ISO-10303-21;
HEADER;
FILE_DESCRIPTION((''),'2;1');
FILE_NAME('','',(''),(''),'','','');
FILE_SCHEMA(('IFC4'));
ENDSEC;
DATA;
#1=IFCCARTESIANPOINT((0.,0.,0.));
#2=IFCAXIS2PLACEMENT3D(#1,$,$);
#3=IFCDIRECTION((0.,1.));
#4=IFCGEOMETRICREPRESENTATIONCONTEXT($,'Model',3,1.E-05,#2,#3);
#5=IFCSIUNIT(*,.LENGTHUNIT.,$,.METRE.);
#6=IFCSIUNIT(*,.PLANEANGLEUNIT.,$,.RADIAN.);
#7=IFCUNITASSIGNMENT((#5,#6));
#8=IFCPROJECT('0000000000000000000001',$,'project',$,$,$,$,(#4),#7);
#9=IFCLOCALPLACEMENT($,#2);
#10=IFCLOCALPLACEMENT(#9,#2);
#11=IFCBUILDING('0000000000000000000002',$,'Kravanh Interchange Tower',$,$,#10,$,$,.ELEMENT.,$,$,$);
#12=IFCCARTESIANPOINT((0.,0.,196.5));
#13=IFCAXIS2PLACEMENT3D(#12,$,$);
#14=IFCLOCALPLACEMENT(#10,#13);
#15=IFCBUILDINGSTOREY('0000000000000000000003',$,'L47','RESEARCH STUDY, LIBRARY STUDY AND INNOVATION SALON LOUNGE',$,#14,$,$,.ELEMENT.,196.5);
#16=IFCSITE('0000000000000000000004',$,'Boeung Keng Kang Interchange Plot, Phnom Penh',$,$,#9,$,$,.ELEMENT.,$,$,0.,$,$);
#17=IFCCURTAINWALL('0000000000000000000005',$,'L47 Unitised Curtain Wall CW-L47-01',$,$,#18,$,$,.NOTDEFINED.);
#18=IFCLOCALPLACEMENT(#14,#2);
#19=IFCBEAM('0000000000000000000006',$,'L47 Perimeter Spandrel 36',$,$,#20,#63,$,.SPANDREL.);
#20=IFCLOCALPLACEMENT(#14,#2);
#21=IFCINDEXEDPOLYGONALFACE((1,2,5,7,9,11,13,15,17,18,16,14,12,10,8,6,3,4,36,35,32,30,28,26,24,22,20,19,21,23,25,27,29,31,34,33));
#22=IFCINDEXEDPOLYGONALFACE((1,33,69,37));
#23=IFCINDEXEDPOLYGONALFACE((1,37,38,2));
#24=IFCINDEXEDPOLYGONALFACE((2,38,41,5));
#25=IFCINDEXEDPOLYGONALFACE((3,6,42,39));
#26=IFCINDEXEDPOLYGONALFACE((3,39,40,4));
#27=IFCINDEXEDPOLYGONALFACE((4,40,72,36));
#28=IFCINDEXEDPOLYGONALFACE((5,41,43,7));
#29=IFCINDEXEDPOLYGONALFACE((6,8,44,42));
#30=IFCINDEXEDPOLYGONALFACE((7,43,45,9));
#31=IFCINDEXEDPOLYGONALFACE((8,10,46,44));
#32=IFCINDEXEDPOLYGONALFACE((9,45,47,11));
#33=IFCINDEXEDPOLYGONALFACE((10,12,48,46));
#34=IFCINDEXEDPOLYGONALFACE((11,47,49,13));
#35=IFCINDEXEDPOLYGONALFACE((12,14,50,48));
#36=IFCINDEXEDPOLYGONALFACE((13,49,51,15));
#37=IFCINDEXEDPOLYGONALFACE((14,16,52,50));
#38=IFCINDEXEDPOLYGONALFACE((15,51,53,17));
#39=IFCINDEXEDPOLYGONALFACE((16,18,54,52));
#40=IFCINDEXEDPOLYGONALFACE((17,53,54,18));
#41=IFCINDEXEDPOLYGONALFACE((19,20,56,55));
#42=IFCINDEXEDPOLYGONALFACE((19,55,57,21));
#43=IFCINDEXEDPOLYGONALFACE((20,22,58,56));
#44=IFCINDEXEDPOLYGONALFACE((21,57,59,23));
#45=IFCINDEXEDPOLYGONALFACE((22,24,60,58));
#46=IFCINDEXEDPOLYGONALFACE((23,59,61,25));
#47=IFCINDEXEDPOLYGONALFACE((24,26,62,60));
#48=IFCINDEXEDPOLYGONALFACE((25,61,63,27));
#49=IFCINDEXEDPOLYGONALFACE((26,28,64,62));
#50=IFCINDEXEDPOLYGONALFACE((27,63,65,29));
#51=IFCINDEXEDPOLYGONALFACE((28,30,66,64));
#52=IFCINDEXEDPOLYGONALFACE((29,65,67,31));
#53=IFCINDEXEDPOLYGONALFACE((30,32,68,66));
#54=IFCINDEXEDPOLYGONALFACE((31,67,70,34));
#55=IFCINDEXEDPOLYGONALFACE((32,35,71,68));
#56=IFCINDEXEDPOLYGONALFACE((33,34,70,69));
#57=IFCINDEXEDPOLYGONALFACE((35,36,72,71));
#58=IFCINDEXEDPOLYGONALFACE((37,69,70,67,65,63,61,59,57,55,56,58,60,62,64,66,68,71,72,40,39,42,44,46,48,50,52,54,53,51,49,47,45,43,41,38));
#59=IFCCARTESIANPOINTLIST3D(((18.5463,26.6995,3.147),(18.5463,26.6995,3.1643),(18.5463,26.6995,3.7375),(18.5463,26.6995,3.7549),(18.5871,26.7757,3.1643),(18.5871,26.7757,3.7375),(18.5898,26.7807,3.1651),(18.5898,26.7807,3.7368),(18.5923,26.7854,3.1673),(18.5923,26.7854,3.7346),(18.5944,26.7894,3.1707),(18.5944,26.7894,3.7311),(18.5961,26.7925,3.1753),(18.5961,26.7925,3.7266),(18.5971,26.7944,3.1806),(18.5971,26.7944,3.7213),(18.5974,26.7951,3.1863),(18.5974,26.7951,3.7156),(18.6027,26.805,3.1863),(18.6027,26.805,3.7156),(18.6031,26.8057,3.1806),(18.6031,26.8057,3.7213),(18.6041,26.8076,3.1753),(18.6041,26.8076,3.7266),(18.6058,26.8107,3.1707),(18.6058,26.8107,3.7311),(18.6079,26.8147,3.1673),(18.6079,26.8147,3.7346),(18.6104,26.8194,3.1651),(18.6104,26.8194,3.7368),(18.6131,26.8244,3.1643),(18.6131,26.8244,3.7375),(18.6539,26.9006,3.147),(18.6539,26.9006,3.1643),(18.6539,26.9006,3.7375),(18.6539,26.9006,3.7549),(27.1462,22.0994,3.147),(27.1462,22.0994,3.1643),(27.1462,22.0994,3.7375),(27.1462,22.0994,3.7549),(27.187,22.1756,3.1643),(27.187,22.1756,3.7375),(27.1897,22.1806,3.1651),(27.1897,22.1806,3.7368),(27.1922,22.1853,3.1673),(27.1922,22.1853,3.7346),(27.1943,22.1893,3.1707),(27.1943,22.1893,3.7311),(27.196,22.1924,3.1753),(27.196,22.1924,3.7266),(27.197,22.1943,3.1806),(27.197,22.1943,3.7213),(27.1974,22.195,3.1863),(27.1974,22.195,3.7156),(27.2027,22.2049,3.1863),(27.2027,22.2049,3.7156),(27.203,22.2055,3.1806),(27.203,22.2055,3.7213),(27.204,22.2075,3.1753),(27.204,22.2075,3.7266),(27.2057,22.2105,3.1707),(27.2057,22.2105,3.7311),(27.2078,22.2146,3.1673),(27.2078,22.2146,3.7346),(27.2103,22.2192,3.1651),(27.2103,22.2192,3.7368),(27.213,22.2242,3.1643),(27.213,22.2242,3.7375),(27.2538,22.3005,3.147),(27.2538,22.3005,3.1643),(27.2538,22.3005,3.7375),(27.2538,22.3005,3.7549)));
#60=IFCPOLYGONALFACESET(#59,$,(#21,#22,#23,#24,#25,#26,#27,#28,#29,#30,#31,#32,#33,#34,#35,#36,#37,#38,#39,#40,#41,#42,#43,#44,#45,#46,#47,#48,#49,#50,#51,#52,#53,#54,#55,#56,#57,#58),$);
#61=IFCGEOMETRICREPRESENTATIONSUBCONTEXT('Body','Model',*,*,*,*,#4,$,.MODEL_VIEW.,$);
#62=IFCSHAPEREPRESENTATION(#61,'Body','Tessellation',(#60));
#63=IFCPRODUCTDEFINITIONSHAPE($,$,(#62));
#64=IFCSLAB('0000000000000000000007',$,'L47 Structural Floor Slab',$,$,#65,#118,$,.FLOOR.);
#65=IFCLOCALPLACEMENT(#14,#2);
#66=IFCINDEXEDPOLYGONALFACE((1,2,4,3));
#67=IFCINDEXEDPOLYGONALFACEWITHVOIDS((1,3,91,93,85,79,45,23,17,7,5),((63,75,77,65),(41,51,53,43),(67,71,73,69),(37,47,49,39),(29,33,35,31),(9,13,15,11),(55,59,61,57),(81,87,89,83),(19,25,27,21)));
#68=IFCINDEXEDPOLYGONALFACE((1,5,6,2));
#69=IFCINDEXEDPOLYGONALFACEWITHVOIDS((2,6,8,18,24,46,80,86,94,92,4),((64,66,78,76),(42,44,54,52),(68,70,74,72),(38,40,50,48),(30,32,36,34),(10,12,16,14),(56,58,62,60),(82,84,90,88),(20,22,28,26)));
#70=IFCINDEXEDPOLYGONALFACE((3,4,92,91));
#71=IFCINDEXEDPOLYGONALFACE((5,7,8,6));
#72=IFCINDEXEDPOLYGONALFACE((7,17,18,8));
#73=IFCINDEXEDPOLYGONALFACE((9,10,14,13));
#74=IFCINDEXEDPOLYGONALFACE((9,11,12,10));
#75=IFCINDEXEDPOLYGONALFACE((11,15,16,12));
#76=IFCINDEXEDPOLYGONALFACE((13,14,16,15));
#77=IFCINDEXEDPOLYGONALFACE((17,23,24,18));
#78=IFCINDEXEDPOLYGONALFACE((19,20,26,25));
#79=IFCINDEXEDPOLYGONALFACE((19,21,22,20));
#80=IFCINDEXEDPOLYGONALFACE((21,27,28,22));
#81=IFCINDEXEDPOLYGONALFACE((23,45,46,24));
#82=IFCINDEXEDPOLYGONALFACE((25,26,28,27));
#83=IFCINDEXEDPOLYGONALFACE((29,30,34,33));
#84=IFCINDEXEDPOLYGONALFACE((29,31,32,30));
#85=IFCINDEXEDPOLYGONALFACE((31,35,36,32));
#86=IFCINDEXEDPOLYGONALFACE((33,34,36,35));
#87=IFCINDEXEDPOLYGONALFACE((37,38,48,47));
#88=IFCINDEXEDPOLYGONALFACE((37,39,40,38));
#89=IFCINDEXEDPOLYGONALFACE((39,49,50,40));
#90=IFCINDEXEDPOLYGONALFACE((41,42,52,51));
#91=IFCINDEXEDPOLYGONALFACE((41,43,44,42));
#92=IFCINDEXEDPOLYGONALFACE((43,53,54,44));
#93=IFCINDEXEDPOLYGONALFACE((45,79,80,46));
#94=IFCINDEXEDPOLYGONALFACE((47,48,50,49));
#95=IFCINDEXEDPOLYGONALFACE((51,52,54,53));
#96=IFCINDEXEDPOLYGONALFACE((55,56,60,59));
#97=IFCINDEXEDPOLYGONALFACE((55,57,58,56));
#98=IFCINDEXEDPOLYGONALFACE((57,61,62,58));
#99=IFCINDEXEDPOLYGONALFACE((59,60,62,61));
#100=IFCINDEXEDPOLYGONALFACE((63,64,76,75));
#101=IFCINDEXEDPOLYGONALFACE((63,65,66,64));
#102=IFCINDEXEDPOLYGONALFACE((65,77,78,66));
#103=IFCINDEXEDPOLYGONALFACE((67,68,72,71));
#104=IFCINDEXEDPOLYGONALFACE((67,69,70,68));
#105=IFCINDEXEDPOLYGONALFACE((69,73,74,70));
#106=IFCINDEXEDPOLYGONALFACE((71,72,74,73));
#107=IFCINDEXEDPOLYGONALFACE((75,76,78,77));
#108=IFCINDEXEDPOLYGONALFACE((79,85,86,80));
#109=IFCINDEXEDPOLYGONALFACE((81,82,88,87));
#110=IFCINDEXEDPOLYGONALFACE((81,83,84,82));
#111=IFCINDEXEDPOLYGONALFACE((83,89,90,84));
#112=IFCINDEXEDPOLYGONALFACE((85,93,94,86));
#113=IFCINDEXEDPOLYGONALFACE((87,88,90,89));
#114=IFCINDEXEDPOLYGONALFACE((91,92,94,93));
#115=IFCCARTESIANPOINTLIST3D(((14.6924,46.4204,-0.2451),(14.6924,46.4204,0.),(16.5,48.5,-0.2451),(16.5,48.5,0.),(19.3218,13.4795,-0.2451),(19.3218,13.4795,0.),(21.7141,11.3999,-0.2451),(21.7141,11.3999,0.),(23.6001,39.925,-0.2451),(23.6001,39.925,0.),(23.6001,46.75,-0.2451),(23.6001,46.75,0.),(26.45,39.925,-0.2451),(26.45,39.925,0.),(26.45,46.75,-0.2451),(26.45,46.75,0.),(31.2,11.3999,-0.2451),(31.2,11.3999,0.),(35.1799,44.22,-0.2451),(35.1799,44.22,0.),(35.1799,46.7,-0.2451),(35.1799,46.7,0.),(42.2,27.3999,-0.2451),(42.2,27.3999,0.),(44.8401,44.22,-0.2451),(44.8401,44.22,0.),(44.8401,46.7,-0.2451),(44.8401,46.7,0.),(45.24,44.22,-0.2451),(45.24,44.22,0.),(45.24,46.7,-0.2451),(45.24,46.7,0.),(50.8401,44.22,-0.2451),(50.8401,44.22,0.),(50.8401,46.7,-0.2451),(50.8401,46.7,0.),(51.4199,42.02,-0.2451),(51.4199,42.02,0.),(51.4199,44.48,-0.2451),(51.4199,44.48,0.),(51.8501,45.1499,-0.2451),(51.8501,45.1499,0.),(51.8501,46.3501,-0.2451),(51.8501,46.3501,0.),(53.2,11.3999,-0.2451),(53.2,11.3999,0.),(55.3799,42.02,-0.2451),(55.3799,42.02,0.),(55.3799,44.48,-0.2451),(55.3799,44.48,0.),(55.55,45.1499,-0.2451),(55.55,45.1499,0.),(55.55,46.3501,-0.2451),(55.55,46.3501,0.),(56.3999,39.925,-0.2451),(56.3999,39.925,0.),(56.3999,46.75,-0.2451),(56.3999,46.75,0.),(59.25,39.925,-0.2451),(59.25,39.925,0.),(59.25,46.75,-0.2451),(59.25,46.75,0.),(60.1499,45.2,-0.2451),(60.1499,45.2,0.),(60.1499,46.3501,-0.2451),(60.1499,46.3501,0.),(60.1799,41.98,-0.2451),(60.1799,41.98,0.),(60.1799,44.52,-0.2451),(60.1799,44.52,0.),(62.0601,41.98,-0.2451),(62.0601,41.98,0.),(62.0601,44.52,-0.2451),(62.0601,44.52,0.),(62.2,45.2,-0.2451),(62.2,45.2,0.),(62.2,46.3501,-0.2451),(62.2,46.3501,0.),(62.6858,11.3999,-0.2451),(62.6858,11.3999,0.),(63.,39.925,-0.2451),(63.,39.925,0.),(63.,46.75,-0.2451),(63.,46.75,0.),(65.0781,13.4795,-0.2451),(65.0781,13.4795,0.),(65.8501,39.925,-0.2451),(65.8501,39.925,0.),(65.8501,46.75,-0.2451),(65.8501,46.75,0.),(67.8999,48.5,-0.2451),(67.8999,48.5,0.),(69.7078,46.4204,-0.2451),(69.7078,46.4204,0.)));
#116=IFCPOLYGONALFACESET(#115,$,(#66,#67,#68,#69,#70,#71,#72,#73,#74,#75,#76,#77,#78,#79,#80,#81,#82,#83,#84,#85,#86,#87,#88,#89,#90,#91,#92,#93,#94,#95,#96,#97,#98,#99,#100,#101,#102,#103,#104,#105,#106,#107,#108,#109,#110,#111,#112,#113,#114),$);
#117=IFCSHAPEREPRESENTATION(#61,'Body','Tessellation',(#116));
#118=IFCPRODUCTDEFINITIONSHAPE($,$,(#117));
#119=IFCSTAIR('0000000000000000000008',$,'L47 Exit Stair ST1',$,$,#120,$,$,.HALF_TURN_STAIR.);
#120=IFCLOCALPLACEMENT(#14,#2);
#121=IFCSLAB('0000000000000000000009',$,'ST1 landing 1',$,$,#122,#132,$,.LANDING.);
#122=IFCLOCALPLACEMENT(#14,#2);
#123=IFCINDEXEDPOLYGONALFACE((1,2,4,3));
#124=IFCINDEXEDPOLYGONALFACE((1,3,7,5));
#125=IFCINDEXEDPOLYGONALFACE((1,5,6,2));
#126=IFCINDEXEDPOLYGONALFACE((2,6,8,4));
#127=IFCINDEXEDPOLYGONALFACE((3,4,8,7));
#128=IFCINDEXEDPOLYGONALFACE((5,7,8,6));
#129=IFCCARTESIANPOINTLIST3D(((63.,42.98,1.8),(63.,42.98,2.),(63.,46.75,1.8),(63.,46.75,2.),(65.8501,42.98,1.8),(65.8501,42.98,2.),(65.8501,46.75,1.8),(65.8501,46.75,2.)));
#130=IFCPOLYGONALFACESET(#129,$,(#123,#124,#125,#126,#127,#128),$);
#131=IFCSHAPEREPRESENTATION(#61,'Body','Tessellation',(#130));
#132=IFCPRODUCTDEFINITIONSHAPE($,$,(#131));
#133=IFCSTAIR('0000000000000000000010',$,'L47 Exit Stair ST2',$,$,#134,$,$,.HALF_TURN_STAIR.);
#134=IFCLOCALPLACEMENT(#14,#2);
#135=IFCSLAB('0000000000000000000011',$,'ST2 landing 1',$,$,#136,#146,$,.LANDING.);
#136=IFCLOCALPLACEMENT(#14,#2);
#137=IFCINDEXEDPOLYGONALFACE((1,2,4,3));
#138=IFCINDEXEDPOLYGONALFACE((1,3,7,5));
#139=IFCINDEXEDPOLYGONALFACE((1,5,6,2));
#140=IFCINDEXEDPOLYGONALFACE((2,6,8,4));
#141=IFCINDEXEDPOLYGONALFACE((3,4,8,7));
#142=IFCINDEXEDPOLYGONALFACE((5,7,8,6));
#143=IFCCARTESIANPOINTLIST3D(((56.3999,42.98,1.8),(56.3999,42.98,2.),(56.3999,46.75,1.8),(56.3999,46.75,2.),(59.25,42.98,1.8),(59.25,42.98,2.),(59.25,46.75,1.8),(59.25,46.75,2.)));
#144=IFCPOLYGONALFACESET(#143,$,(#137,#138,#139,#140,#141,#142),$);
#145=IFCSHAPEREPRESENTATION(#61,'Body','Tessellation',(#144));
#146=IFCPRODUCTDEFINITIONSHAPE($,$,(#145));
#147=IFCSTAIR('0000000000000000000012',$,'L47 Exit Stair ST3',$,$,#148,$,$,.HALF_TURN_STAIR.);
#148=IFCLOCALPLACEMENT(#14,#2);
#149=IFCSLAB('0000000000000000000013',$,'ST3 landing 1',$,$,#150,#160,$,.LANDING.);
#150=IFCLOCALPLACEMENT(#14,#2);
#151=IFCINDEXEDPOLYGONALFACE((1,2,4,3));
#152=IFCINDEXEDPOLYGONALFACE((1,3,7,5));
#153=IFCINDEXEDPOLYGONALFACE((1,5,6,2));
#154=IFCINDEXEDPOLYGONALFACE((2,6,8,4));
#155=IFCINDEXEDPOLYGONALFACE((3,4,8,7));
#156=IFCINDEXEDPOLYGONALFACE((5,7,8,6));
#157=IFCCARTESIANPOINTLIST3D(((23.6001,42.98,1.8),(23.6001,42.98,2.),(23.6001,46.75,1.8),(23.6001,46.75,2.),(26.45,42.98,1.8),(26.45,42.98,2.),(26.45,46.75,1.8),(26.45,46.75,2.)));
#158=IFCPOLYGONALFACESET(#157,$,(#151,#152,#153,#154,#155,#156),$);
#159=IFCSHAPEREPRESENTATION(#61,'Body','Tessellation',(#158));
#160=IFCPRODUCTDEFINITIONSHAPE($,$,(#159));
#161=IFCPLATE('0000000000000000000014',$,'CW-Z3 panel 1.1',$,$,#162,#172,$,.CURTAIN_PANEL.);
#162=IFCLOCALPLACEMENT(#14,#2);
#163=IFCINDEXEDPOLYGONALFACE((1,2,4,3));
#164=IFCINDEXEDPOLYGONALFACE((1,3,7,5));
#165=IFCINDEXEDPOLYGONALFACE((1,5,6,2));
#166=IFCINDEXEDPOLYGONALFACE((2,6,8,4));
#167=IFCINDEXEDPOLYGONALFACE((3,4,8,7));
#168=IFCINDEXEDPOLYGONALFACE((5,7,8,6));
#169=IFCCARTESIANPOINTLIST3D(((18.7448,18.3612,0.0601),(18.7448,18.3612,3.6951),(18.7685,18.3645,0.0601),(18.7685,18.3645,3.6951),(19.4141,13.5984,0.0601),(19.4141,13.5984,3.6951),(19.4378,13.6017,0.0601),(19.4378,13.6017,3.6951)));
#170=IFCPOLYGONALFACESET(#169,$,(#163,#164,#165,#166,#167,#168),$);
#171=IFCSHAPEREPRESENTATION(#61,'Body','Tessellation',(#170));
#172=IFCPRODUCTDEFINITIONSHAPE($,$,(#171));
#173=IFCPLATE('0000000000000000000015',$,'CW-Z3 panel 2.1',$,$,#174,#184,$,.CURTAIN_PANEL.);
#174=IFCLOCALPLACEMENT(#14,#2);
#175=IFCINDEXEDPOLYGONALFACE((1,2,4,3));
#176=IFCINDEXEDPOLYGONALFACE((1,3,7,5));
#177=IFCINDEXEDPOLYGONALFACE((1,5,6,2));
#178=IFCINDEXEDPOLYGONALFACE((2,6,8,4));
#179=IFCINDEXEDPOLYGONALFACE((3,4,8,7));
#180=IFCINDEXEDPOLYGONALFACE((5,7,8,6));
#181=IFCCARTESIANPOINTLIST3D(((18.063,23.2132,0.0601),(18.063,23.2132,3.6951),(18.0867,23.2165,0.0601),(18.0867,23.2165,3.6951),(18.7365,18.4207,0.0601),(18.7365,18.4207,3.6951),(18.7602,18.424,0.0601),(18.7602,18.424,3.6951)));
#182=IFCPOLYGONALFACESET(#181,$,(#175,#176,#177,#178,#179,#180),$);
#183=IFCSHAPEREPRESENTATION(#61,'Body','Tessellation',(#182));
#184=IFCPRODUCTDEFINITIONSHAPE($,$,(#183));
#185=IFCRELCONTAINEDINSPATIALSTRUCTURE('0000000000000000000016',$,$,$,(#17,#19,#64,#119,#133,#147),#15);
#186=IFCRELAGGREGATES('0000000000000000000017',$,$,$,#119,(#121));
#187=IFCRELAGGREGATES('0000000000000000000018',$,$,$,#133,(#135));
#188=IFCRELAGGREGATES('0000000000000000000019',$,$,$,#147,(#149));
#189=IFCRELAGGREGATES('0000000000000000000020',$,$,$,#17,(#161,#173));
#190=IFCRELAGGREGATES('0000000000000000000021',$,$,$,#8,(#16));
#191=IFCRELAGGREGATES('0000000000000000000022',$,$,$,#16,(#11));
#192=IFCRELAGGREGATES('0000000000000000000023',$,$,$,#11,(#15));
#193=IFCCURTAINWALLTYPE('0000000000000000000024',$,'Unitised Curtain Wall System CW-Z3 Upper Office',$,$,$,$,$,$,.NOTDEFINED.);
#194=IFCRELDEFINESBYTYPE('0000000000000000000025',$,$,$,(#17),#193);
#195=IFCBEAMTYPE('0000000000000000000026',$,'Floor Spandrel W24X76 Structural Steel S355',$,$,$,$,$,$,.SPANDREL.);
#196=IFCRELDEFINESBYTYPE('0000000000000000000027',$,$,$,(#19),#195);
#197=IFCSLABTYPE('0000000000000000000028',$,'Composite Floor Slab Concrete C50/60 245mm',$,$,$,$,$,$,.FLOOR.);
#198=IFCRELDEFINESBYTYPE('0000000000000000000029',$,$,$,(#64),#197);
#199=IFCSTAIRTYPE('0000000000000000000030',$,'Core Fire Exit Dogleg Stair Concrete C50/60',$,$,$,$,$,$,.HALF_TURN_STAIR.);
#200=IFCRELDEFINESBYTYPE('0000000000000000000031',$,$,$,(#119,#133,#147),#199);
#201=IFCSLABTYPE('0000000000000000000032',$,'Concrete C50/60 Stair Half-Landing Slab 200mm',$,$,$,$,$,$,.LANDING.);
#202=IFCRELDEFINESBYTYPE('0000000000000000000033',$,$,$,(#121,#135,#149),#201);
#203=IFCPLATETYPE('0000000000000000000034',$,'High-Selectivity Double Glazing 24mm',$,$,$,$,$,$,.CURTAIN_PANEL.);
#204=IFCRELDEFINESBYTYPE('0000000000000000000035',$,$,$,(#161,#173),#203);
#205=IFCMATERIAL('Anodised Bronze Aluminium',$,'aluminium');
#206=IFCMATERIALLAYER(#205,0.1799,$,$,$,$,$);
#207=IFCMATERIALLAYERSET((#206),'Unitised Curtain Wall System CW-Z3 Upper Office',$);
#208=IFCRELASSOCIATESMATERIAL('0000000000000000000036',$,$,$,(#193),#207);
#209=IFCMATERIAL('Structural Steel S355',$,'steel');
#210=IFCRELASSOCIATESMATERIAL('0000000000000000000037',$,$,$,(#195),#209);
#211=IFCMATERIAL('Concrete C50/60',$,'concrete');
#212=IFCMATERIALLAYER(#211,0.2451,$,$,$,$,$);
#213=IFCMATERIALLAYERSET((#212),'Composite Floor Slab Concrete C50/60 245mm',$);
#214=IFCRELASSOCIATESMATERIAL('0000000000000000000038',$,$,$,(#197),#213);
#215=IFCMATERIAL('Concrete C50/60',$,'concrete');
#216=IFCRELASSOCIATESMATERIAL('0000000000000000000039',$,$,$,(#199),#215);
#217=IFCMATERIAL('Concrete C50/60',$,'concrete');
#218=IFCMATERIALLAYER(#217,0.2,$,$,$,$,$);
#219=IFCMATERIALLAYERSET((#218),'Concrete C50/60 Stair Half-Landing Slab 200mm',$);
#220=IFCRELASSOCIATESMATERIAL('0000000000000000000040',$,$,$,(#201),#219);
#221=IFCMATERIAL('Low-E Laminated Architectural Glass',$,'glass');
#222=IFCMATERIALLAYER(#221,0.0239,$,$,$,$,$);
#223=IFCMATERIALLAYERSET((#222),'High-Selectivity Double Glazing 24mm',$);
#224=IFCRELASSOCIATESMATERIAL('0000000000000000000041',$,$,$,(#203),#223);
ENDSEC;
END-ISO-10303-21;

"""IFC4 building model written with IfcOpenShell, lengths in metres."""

from ifc_helpers import new_model, si_unit, direction, frame, origin, origin_2d, place, context, subcontext, project, spatial, polyline, rectangle, i_section, outline, extrude, material, layer, layer_set, material_profile, profile_set, type_object, element, aggregate, save


model = new_model("IFC4")

# Units and contexts
model_context = context("Model", 3, precision=1e-05, world=origin(), true_north=direction((0.0, 1.0)))
body_context = subcontext(model_context, "Body", "Model", "MODEL_VIEW")
ifc_project = project(units=[si_unit("LENGTHUNIT", "METRE"), si_unit("PLANEANGLEUNIT", "RADIAN")], contexts=[model_context])

# Site, building, storey
site_placement = place(None, origin())
site = spatial("IfcSite", under=ifc_project, at=site_placement, Name="Boeung Keng Kang Interchange Plot, Phnom Penh", CompositionType="ELEMENT", RefElevation=0.0)
building_placement = place(site_placement, origin())
building = spatial("IfcBuilding", under=site, at=building_placement, Name="Kravanh Interchange Tower", CompositionType="ELEMENT")
storey_placement = place(building_placement, frame((0.0, 0.0, 196.5)))
storey = spatial("IfcBuildingStorey", under=building, at=storey_placement, Name="L47", Description="RESEARCH STUDY, LIBRARY STUDY AND INNOVATION SALON LOUNGE", CompositionType="ELEMENT", Elevation=196.5)

# Curtain wall
ifc_material_1 = material(Name="Anodised Bronze Aluminium", Category="aluminium")
ifc_layer_1 = layer(ifc_material_1, 0.1799)
ifc_layer_set_1 = layer_set([ifc_layer_1], Name="Unitised Curtain Wall System CW-Z3 Upper Office")
curtain_wall_type = type_object("IfcCurtainWallType", Name="Unitised Curtain Wall System CW-Z3 Upper Office", PredefinedType="NOTDEFINED", material=ifc_layer_set_1)
curtain_wall_1_placement = place(storey_placement, origin())
curtain_wall_1 = element("IfcCurtainWall", 1, at=curtain_wall_1_placement, inside=storey, type_object=curtain_wall_type, Name="L47 Unitised Curtain Wall CW-L47-01", PredefinedType="NOTDEFINED")

# Beam
ifc_material_2 = material(Name="Structural Steel S355", Category="steel")
ifc_material_profile_1 = material_profile(ifc_material_2, i_section(OverallWidth=0.228, OverallDepth=0.6079, WebThickness=0.0112, FlangeThickness=0.0173, FilletRadius=0.022, at=origin_2d()), Name="W24X76")
ifc_profile_set_1 = profile_set([ifc_material_profile_1], Name="Structural Steel S355")
beam_type_1 = type_object("IfcBeamType", Name="Floor Spandrel W24X76 Structural Steel S355", PredefinedType="SPANDREL", material=ifc_profile_set_1)
beam_1_placement = place(storey_placement, frame((18.6001, 26.8, 3.4509), z_axis=(0.881777, -0.471666, 0.0), x_axis=(0.471666, 0.881777, 0.0)))
element("IfcBeam", 2, at=beam_1_placement, inside=storey, type_object=beam_type_1, Name="L47 Perimeter Spandrel 36", PredefinedType="SPANDREL", context=body_context, shape_type="SweptSolid", body=[
    extrude(i_section(OverallWidth=0.228, OverallDepth=0.6079, WebThickness=0.0112, FlangeThickness=0.0173, FilletRadius=0.022, at=origin_2d()), origin(), (0.0, 0.0, 1.0), 9.7529),
])

# Slab
ifc_material_3 = material(Name="Concrete C50/60", Category="concrete")
ifc_layer_2 = layer(ifc_material_3, 0.2451)
ifc_layer_set_2 = layer_set([ifc_layer_2], Name="Composite Floor Slab Concrete C50/60 245mm")
slab_type_1 = type_object("IfcSlabType", Name="Composite Floor Slab Concrete C50/60 245mm", PredefinedType="FLOOR", material=ifc_layer_set_2)
slab_1_placement = place(storey_placement, frame((0.0, 0.0, -0.2451)))
element("IfcSlab", 3, at=slab_1_placement, inside=storey, type_object=slab_type_1, Name="L47 Structural Floor Slab", PredefinedType="FLOOR", context=body_context, shape_type="SweptSolid", body=[
    extrude(outline(polyline([(19.3218, 13.4795), (21.7141, 11.3999), (31.2, 11.3999), (42.2, 27.3999), (53.2, 11.3999), (62.6858, 11.3999), (65.0781, 13.4795), (69.7078, 46.4204), (67.8999, 48.5), (16.5, 48.5), (14.6924, 46.4204), (19.3218, 13.4795)]), holes=[polyline([(65.8501, 39.925), (65.8501, 46.75), (63.0, 46.75), (63.0, 39.925), (65.8501, 39.925)]), polyline([(59.25, 39.925), (59.25, 46.75), (56.3999, 46.75), (56.3999, 39.925), (59.25, 39.925)]), polyline([(26.45, 39.925), (26.45, 46.75), (23.6001, 46.75), (23.6001, 39.925), (26.45, 39.925)]), polyline([(35.1799, 44.22), (44.8401, 44.22), (44.8401, 46.7), (35.1799, 46.7), (35.1799, 44.22)]), polyline([(45.24, 44.22), (50.8401, 44.22), (50.8401, 46.7), (45.24, 46.7), (45.24, 44.22)]), polyline([(51.4199, 42.02), (55.3799, 42.02), (55.3799, 44.48), (51.4199, 44.48), (51.4199, 42.02)]), polyline([(60.1799, 41.98), (62.0601, 41.98), (62.0601, 44.52), (60.1799, 44.52), (60.1799, 41.98)]), polyline([(60.1499, 45.2), (62.2, 45.2), (62.2, 46.3501), (60.1499, 46.3501), (60.1499, 45.2)]), polyline([(51.8501, 45.1499), (55.55, 45.1499), (55.55, 46.3501), (51.8501, 46.3501), (51.8501, 45.1499)])]), origin(), (0.0, 0.0, 1.0), 0.2451),
])

# Stairs, slabs
ifc_material_4 = material(Name="Concrete C50/60", Category="concrete")
stair_type = type_object("IfcStairType", Name="Core Fire Exit Dogleg Stair Concrete C50/60", PredefinedType="HALF_TURN_STAIR", material=ifc_material_4)
stair_1_placement = place(storey_placement, origin())
stair_1 = element("IfcStair", 4, at=stair_1_placement, inside=storey, type_object=stair_type, Name="L47 Exit Stair ST1", PredefinedType="HALF_TURN_STAIR")
ifc_material_5 = material(Name="Concrete C50/60", Category="concrete")
ifc_layer_3 = layer(ifc_material_5, 0.2)
ifc_layer_set_3 = layer_set([ifc_layer_3], Name="Concrete C50/60 Stair Half-Landing Slab 200mm")
slab_type_2 = type_object("IfcSlabType", Name="Concrete C50/60 Stair Half-Landing Slab 200mm", PredefinedType="LANDING", material=ifc_layer_set_3)
slab_2_placement = place(storey_placement, frame((0.0, 0.0, 1.8)))
slab_2 = element("IfcSlab", 5, at=slab_2_placement, type_object=slab_type_2, Name="ST1 landing 1", PredefinedType="LANDING", context=body_context, shape_type="SweptSolid", body=[
    extrude(outline(polyline([(65.8501, 42.98), (65.8501, 46.75), (63.0, 46.75), (63.0, 42.98), (65.8501, 42.98)])), origin(), (0.0, 0.0, 1.0), 0.2),
])
aggregate(stair_1, [slab_2])
stair_2_placement = place(storey_placement, origin())
stair_2 = element("IfcStair", 6, at=stair_2_placement, inside=storey, type_object=stair_type, Name="L47 Exit Stair ST2", PredefinedType="HALF_TURN_STAIR")
slab_3_placement = place(storey_placement, frame((0.0, 0.0, 1.8)))
slab_3 = element("IfcSlab", 7, at=slab_3_placement, type_object=slab_type_2, Name="ST2 landing 1", PredefinedType="LANDING", context=body_context, shape_type="SweptSolid", body=[
    extrude(outline(polyline([(59.25, 42.98), (59.25, 46.75), (56.3999, 46.75), (56.3999, 42.98), (59.25, 42.98)])), origin(), (0.0, 0.0, 1.0), 0.2),
])
aggregate(stair_2, [slab_3])
stair_3_placement = place(storey_placement, origin())
stair_3 = element("IfcStair", 8, at=stair_3_placement, inside=storey, type_object=stair_type, Name="L47 Exit Stair ST3", PredefinedType="HALF_TURN_STAIR")
slab_4_placement = place(storey_placement, frame((0.0, 0.0, 1.8)))
slab_4 = element("IfcSlab", 9, at=slab_4_placement, type_object=slab_type_2, Name="ST3 landing 1", PredefinedType="LANDING", context=body_context, shape_type="SweptSolid", body=[
    extrude(outline(polyline([(26.45, 42.98), (26.45, 46.75), (23.6001, 46.75), (23.6001, 42.98), (26.45, 42.98)])), origin(), (0.0, 0.0, 1.0), 0.2),
])
aggregate(stair_3, [slab_4])

# Plates
ifc_material_6 = material(Name="Low-E Laminated Architectural Glass", Category="glass")
ifc_layer_4 = layer(ifc_material_6, 0.0239)
ifc_layer_set_4 = layer_set([ifc_layer_4], Name="High-Selectivity Double Glazing 24mm")
plate_type = type_object("IfcPlateType", Name="High-Selectivity Double Glazing 24mm", PredefinedType="CURTAIN_PANEL", material=ifc_layer_set_4)
plate_1_placement = place(storey_placement, frame((19.0913, 15.9814, 0.0601), z_axis=(0.0, 0.0, 1.0), x_axis=(-0.139172, 0.990268, 0.0)))
plate_1 = element("IfcPlate", 10, at=plate_1_placement, type_object=plate_type, Name="CW-Z3 panel 1.1", PredefinedType="CURTAIN_PANEL", context=body_context, shape_type="SweptSolid", body=[
    extrude(rectangle(XDim=4.8096, YDim=0.0239, at=origin_2d()), origin(), (0.0, 0.0, 1.0), 3.635),
])
plate_2_placement = place(storey_placement, frame((18.4116, 20.8186, 0.0601), z_axis=(0.0, 0.0, 1.0), x_axis=(-0.139172, 0.990268, 0.0)))
plate_2 = element("IfcPlate", 11, at=plate_2_placement, type_object=plate_type, Name="CW-Z3 panel 2.1", PredefinedType="CURTAIN_PANEL", context=body_context, shape_type="SweptSolid", body=[
    extrude(rectangle(XDim=4.8396, YDim=0.0239, at=origin_2d()), origin(), (0.0, 0.0, 1.0), 3.635),
])
aggregate(curtain_wall_1, [plate_1, plate_2])

save(model, "model.ifc")
